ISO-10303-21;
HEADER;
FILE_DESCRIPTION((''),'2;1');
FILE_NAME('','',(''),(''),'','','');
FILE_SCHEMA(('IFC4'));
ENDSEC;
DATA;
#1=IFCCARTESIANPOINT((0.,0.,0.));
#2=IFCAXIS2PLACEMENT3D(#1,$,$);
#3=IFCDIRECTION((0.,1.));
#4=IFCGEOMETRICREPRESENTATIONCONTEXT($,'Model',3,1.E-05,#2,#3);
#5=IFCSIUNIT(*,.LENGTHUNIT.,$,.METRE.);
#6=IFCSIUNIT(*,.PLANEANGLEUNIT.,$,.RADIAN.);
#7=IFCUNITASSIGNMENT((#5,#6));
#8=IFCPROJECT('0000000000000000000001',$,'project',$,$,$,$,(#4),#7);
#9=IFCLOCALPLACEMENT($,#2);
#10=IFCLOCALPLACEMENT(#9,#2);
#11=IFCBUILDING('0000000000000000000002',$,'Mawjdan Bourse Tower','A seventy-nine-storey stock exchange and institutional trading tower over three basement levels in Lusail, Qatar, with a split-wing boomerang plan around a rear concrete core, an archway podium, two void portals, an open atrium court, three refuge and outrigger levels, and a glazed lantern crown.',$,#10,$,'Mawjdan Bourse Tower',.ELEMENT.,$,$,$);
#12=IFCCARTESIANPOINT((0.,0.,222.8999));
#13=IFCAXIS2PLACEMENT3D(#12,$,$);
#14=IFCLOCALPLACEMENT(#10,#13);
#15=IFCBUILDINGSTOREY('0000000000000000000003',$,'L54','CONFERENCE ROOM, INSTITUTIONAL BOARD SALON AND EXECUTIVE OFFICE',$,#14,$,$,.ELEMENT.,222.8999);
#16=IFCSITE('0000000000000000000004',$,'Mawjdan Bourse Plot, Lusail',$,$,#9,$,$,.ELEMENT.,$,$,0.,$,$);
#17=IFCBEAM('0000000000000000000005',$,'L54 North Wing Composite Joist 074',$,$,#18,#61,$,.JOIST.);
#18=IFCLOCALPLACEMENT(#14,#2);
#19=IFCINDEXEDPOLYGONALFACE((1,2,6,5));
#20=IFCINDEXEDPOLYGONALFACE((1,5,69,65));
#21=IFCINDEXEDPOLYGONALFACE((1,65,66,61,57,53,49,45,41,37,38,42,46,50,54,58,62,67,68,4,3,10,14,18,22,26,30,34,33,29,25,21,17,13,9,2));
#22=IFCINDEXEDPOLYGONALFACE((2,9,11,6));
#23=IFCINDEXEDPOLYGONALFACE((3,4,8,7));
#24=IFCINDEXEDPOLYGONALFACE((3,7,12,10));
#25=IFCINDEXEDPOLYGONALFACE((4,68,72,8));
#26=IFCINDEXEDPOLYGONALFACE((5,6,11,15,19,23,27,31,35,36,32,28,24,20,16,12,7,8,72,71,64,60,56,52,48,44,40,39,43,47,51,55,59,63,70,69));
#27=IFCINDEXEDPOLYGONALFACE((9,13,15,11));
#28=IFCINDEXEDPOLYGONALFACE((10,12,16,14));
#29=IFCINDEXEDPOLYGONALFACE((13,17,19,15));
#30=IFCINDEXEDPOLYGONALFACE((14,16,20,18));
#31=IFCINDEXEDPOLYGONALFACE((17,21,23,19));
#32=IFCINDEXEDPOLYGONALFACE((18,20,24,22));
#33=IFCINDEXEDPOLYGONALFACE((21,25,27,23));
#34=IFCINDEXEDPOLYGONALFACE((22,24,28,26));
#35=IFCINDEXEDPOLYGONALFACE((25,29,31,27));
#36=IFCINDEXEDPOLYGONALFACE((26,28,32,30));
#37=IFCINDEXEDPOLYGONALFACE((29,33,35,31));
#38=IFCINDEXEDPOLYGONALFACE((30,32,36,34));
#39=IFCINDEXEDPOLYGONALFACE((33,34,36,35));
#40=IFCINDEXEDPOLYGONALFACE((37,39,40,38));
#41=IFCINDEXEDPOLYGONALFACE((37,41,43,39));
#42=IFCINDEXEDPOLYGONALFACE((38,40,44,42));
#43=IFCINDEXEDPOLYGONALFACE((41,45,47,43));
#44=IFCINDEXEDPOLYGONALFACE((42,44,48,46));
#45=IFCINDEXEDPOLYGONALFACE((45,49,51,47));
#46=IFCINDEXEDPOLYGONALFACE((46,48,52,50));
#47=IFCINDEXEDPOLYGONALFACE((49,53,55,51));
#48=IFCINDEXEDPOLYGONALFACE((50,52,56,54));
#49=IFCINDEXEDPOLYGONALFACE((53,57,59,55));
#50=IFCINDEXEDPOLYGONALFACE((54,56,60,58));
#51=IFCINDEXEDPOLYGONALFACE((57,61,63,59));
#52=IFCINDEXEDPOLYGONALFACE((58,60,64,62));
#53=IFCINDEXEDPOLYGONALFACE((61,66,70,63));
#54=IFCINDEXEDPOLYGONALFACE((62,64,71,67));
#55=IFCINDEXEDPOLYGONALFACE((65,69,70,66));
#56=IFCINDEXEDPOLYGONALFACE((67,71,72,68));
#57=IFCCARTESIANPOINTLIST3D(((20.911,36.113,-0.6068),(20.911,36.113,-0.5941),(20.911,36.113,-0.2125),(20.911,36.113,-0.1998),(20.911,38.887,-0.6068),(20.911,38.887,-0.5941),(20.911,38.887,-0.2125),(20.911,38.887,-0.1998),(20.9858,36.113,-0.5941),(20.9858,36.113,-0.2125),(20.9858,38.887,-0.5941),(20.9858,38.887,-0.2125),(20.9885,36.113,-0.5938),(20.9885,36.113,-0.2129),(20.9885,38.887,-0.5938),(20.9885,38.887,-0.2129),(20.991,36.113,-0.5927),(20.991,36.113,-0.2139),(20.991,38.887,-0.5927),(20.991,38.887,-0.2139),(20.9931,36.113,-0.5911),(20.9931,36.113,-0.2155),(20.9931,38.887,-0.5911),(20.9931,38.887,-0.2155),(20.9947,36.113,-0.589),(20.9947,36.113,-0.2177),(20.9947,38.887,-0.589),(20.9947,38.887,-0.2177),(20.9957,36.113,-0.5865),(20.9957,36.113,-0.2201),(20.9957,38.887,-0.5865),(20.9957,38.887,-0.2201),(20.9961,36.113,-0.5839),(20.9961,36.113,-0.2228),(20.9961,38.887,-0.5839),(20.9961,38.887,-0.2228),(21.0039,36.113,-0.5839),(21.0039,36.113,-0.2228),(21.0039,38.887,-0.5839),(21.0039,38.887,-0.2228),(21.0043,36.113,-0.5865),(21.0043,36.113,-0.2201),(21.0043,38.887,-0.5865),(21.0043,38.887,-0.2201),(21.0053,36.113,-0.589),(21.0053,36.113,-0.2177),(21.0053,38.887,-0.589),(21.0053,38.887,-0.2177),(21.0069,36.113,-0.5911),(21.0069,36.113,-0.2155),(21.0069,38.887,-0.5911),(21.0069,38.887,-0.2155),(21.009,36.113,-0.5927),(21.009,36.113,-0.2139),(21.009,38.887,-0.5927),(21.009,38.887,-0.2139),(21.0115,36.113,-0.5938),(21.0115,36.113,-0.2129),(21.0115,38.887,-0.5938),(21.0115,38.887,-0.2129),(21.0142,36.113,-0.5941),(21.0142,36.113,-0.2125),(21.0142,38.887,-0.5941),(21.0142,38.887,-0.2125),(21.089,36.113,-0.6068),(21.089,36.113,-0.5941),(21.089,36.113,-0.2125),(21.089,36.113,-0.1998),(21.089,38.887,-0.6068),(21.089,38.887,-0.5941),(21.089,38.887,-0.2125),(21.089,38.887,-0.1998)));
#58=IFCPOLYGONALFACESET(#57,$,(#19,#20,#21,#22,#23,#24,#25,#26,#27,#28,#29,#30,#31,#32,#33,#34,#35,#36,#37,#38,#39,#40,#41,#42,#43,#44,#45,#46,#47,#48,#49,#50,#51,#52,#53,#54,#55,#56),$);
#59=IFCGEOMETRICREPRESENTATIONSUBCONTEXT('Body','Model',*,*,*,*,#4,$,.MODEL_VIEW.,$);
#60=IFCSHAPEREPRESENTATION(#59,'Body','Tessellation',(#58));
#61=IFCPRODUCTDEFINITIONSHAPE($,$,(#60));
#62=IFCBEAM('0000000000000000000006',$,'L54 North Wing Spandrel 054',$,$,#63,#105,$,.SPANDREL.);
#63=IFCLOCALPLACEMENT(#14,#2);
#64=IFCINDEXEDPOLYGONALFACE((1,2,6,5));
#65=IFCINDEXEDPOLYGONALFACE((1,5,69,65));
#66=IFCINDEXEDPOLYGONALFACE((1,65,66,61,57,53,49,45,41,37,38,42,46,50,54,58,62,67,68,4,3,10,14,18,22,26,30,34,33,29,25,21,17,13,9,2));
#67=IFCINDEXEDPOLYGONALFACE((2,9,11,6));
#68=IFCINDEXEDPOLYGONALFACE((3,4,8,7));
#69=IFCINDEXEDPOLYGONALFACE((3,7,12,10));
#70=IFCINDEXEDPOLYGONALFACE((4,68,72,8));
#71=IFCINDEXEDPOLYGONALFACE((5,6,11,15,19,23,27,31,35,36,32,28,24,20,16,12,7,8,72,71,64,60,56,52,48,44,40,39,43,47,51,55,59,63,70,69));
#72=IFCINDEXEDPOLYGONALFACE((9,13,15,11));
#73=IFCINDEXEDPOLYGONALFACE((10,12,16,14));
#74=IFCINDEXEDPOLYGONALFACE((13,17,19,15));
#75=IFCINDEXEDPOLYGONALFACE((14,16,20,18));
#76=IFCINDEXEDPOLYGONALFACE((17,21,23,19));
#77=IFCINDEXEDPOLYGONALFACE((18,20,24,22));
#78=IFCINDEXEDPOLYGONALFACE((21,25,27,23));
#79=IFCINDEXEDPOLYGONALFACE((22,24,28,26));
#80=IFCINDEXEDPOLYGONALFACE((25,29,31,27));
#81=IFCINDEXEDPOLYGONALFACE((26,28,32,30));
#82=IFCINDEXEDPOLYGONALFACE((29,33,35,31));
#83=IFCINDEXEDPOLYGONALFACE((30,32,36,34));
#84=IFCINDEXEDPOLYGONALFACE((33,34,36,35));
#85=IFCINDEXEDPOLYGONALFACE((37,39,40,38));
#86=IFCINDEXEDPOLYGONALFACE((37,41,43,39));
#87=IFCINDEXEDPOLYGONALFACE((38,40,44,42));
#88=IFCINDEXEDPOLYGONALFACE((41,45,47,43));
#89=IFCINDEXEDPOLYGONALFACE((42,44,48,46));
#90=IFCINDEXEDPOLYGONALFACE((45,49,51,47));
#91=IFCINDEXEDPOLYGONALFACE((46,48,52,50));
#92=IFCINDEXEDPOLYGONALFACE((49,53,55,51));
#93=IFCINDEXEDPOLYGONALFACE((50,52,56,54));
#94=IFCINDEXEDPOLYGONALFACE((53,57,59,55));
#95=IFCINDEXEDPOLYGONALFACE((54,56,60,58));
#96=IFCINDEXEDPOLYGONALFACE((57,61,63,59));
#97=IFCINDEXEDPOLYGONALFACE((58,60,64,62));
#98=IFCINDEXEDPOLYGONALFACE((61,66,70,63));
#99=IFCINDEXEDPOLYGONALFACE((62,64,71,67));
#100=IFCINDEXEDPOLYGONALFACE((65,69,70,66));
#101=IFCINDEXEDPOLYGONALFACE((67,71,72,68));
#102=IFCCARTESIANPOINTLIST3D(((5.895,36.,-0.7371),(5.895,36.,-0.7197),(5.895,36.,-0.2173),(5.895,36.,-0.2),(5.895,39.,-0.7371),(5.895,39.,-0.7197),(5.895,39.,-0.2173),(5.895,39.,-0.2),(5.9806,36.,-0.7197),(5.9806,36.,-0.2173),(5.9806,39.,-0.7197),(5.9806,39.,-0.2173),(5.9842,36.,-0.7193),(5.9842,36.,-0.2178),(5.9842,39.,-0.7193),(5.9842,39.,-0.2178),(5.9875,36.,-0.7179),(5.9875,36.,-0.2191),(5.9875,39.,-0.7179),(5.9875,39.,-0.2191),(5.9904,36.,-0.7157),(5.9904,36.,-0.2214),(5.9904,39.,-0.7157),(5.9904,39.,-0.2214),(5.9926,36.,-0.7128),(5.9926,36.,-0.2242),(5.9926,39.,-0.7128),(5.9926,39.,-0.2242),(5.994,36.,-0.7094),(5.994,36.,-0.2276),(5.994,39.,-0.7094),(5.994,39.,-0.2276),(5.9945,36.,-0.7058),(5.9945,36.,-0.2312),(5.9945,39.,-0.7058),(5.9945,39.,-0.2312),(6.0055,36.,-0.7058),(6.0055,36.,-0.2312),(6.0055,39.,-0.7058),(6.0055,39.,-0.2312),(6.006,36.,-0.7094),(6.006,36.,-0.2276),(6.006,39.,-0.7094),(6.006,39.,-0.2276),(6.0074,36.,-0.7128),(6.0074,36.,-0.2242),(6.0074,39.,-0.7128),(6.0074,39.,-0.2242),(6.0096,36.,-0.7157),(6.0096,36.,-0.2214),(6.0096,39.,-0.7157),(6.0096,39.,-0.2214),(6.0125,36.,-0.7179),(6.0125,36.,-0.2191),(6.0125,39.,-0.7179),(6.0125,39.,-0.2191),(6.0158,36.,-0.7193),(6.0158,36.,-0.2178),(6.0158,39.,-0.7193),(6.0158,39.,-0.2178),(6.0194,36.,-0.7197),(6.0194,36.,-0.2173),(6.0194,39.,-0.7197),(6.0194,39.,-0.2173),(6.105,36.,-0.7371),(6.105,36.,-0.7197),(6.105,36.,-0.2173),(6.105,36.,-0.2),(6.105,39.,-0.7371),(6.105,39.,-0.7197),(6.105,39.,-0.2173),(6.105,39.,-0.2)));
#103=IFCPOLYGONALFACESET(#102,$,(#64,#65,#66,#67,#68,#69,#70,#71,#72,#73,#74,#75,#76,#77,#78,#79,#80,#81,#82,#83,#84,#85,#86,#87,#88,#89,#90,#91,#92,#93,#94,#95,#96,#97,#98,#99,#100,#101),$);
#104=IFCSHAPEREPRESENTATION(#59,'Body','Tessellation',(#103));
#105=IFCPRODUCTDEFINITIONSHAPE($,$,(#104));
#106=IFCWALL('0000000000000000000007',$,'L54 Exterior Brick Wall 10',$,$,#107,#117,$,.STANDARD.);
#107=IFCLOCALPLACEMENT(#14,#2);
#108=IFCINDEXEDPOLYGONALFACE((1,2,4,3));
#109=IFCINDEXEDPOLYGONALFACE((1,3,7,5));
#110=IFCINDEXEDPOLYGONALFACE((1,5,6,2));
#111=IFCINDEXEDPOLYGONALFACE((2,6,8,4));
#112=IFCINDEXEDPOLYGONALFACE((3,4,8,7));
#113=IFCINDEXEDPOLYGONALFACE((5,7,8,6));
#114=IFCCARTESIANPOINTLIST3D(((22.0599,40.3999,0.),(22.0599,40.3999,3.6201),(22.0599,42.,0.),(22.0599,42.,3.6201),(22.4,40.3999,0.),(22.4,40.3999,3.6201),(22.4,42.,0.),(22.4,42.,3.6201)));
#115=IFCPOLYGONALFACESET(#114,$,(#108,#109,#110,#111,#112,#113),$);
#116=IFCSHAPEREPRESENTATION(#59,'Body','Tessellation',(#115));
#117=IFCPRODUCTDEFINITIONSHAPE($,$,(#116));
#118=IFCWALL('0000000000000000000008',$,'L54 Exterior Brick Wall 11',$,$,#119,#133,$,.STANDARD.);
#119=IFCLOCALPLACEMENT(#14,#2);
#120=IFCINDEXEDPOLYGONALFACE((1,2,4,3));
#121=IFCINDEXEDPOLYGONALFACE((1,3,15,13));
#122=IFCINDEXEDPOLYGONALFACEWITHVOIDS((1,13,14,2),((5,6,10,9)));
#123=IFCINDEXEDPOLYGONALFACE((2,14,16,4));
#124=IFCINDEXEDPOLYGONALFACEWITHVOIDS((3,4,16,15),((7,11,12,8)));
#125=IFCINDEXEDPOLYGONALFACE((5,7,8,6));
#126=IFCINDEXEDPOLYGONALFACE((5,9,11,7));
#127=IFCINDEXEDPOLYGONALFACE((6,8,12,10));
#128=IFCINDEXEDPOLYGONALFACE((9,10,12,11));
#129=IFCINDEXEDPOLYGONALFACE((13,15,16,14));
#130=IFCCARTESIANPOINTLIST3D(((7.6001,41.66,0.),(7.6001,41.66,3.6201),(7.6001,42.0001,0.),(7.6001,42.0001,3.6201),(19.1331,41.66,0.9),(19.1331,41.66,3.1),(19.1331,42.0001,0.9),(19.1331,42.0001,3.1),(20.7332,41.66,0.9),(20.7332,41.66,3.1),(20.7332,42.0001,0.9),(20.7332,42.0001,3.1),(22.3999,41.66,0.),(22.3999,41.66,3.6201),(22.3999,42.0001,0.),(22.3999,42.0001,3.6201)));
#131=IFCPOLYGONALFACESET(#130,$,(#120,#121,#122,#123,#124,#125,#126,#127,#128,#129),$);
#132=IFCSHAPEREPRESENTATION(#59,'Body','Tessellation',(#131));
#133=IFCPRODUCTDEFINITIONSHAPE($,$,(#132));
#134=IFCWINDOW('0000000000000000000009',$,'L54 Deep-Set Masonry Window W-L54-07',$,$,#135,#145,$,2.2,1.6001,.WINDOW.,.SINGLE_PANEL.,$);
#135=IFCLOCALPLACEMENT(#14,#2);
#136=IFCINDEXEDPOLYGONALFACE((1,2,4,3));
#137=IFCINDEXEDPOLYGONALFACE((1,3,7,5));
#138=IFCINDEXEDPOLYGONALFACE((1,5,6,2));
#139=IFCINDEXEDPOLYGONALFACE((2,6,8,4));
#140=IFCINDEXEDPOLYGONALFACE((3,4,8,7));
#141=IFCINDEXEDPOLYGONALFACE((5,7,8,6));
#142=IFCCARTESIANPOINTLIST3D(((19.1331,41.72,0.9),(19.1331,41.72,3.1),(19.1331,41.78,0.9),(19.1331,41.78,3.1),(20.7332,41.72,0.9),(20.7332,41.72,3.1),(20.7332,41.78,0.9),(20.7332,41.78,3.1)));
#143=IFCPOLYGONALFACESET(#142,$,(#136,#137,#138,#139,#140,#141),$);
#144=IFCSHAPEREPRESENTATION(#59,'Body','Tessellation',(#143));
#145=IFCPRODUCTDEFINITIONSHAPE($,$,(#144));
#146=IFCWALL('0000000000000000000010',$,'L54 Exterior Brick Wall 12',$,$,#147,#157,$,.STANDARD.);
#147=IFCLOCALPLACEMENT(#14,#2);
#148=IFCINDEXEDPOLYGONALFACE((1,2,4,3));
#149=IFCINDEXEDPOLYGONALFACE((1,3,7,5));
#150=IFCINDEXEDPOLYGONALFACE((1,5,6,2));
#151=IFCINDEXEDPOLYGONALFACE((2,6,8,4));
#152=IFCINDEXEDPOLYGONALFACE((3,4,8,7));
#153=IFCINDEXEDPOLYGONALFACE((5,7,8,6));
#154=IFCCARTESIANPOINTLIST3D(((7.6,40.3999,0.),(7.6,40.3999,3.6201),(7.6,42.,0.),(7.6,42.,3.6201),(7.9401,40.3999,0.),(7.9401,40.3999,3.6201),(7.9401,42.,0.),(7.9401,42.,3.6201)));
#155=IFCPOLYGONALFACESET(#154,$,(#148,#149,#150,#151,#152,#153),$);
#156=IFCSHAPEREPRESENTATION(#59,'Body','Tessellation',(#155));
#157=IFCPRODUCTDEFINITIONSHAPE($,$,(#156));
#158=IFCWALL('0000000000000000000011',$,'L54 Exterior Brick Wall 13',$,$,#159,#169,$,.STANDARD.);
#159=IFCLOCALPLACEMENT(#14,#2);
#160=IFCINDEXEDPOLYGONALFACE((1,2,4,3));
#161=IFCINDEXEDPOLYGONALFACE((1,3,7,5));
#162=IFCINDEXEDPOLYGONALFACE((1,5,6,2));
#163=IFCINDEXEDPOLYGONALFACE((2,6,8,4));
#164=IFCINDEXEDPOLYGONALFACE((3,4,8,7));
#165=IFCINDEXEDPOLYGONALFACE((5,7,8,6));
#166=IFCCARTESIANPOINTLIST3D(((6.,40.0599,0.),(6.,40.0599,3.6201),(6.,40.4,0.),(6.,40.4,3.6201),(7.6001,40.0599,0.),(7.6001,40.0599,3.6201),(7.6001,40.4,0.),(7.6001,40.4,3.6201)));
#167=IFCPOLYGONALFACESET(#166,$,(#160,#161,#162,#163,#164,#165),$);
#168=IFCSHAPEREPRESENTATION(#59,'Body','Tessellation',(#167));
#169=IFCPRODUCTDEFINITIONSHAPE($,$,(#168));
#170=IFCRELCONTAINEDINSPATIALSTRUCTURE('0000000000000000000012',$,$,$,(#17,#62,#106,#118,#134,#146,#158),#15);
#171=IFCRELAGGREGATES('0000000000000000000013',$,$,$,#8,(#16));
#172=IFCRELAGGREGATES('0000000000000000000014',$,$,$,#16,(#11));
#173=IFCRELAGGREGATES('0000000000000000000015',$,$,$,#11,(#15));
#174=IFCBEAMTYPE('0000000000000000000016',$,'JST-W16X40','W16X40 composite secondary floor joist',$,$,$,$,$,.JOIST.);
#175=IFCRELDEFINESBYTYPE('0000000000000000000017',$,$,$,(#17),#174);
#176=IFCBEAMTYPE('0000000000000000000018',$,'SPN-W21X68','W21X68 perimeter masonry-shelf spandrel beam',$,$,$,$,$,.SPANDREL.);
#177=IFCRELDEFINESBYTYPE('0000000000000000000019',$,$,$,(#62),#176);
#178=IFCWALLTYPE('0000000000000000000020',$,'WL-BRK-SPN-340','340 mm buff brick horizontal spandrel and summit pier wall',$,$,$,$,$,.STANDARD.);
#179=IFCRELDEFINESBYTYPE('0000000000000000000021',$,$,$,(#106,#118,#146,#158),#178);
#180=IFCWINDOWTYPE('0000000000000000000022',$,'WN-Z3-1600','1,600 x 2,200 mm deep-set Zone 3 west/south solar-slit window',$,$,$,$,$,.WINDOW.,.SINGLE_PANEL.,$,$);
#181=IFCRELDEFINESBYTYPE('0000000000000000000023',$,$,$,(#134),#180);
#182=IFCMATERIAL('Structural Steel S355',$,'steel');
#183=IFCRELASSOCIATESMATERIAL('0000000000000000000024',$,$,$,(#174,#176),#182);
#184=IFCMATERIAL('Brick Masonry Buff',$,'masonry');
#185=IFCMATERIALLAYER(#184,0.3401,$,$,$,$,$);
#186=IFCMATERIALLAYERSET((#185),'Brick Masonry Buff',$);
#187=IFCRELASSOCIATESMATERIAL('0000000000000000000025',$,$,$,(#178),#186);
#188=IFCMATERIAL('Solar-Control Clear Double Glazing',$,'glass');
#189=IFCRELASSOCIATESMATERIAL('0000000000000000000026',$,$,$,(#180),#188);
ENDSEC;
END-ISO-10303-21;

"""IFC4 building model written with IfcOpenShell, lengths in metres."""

from ifc_helpers import new_model, si_unit, direction, frame, frame_2d, origin, origin_2d, place, context, subcontext, project, spatial, rectangle, i_section, extrude, material, layer, layer_set, material_profile, profile_set, type_object, element, fill, save


model = new_model("IFC4")

# Units and contexts
model_context = context("Model", 3, precision=1e-05, world=origin(), true_north=direction((0.0, 1.0)))
body_context = subcontext(model_context, "Body", "Model", "MODEL_VIEW")
ifc_project = project(units=[si_unit("LENGTHUNIT", "METRE"), si_unit("PLANEANGLEUNIT", "RADIAN")], contexts=[model_context])

# Site, building, storey
site_placement = place(None, origin())
site = spatial("IfcSite", under=ifc_project, at=site_placement, Name="Mawjdan Bourse Plot, Lusail", CompositionType="ELEMENT", RefElevation=0.0)
building_placement = place(site_placement, origin())
building = spatial("IfcBuilding", under=site, at=building_placement, Name="Mawjdan Bourse Tower", Description="A seventy-nine-storey stock exchange and institutional trading tower over three basement levels in Lusail, Qatar, with a split-wing boomerang plan around a rear concrete core, an archway podium, two void portals, an open atrium court, three refuge and outrigger levels, and a glazed lantern crown.", LongName="Mawjdan Bourse Tower", CompositionType="ELEMENT")
storey_placement = place(building_placement, frame((0.0, 0.0, 222.8999)))
storey = spatial("IfcBuildingStorey", under=building, at=storey_placement, Name="L54", Description="CONFERENCE ROOM, INSTITUTIONAL BOARD SALON AND EXECUTIVE OFFICE", CompositionType="ELEMENT", Elevation=222.8999)

# Beams
ifc_material_1 = material(Name="Structural Steel S355", Category="steel")
ifc_material_profile_1 = material_profile(ifc_material_1, i_section(OverallWidth=0.178, OverallDepth=0.407, WebThickness=0.0078, FlangeThickness=0.0127, FilletRadius=0.0103, at=origin_2d()), Name="W16X40")
ifc_profile_set_1 = profile_set([ifc_material_profile_1], Name="Structural Steel S355")
beam_type_1 = type_object("IfcBeamType", Name="JST-W16X40", Description="W16X40 composite secondary floor joist", PredefinedType="JOIST", material=ifc_profile_set_1)
beam_1_placement = place(storey_placement, frame((21.0, 36.113, -0.4033), z_axis=(0.0, 1.0, 0.0), x_axis=(-1.0, 0.0, 0.0)))
element("IfcBeam", 1, at=beam_1_placement, inside=storey, type_object=beam_type_1, Name="L54 North Wing Composite Joist 074", PredefinedType="JOIST", context=body_context, shape_type="SweptSolid", body=[
    extrude(i_section(OverallWidth=0.178, OverallDepth=0.407, WebThickness=0.0078, FlangeThickness=0.0127, FilletRadius=0.0103, at=origin_2d()), origin(), (0.0, 0.0, 1.0), 2.7739),
])
ifc_material_profile_2 = material_profile(ifc_material_1, i_section(OverallWidth=0.21, OverallDepth=0.5371, WebThickness=0.011, FlangeThickness=0.0173, FilletRadius=0.0139, at=origin_2d()), Name="W21X68")
ifc_profile_set_2 = profile_set([ifc_material_profile_2], Name="Structural Steel S355")
beam_type_2 = type_object("IfcBeamType", Name="SPN-W21X68", Description="W21X68 perimeter masonry-shelf spandrel beam", PredefinedType="SPANDREL", material=ifc_profile_set_2)
beam_2_placement = place(storey_placement, frame((6.0, 36.0, -0.4685), z_axis=(0.0, 1.0, 0.0), x_axis=(-1.0, 0.0, 0.0)))
element("IfcBeam", 2, at=beam_2_placement, inside=storey, type_object=beam_type_2, Name="L54 North Wing Spandrel 054", PredefinedType="SPANDREL", context=body_context, shape_type="SweptSolid", body=[
    extrude(i_section(OverallWidth=0.21, OverallDepth=0.5371, WebThickness=0.011, FlangeThickness=0.0173, FilletRadius=0.0139, at=origin_2d()), origin(), (0.0, 0.0, 1.0), 3.0),
])

# Wall
ifc_material_2 = material(Name="Brick Masonry Buff", Category="masonry")
ifc_layer_1 = layer(ifc_material_2, 0.3401)
ifc_layer_set_1 = layer_set([ifc_layer_1], Name="Brick Masonry Buff")
wall_type_1 = type_object("IfcWallType", Name="WL-BRK-SPN-340", Description="340 mm buff brick horizontal spandrel and summit pier wall", PredefinedType="STANDARD", material=ifc_layer_set_1)
wall_1_placement = place(storey_placement, frame((22.23, 40.3999, 0.0), z_axis=(0.0, 0.0, 1.0), x_axis=(0.0, 1.0, 0.0)))
element("IfcWall", 3, at=wall_1_placement, inside=storey, type_object=wall_type_1, Name="L54 Exterior Brick Wall 10", PredefinedType="STANDARD", context=body_context, shape_type="SweptSolid", body=[
    extrude(rectangle(XDim=1.6001, YDim=0.3401, at=frame_2d((0.8, 0.0))), origin(), (0.0, 0.0, 1.0), 3.6201),
])

# Wall, opening, window
wall_2_placement = place(storey_placement, frame((22.3999, 41.8301, 0.0), z_axis=(0.0, 0.0, 1.0), x_axis=(-1.0, 0.0, 0.0)))
wall_2 = element("IfcWall", 4, at=wall_2_placement, inside=storey, type_object=wall_type_1, Name="L54 Exterior Brick Wall 11", PredefinedType="STANDARD", context=body_context, shape_type="SweptSolid", body=[
    extrude(rectangle(XDim=14.7998, YDim=0.3401, at=frame_2d((7.3999, 0.0))), origin(), (0.0, 0.0, 1.0), 3.6201),
])
opening_1_placement = place(wall_2_placement, frame((1.6667, 0.0, 0.8999)))
opening_1 = element("IfcOpeningElement", 5, at=opening_1_placement, cuts=wall_2, PredefinedType="OPENING", context=body_context, shape_type="SweptSolid", body=[
    extrude(rectangle(XDim=1.6001, YDim=2.2, at=frame_2d((0.8, 1.1001))), frame((0.0, 0.1802, 0.0), z_axis=(0.0, -1.0, 0.0), x_axis=(1.0, 0.0, 0.0)), (0.0, 0.0, 1.0), 0.3601),
])
ifc_material_3 = material(Name="Solar-Control Clear Double Glazing", Category="glass")
window_type_1 = type_object("IfcWindowType", Name="WN-Z3-1600", Description="1,600 x 2,200 mm deep-set Zone 3 west/south solar-slit window", PartitioningType="SINGLE_PANEL", PredefinedType="WINDOW", material=ifc_material_3)
window_1_placement = place(opening_1_placement, origin())
window_1 = element("IfcWindow", 6, at=window_1_placement, inside=storey, type_object=window_type_1, Name="L54 Deep-Set Masonry Window W-L54-07", OverallHeight=2.2, OverallWidth=1.6001, PartitioningType="SINGLE_PANEL", PredefinedType="WINDOW", context=body_context, shape_type="SweptSolid", body=[
    extrude(rectangle(XDim=1.6001, YDim=2.2, at=frame_2d((0.8, 1.1001))), frame((0.0, 0.1101, 0.0), z_axis=(0.0, -1.0, 0.0), x_axis=(1.0, 0.0, 0.0)), (0.0, 0.0, 1.0), 0.0601),
])
fill(opening_1, window_1)

# Walls
for number, where, z_axis, x_axis, name in (
    (7, (7.77, 42.0, 0.0), (0.0, 0.0, 1.0), (0.0, -1.0, 0.0), "L54 Exterior Brick Wall 12"),
    (8, (7.6001, 40.23, 0.0), (0.0, 0.0, 1.0), (-1.0, 0.0, 0.0), "L54 Exterior Brick Wall 13"),
):
    element("IfcWall", number, at=place(storey_placement, frame(where, z_axis=z_axis, x_axis=x_axis)), inside=storey, type_object=wall_type_1, Name=name, PredefinedType="STANDARD", context=body_context, shape_type="SweptSolid", body=[
        extrude(rectangle(XDim=1.6001, YDim=0.3401, at=frame_2d((0.8, 0.0))), origin(), (0.0, 0.0, 1.0), 3.6201),
    ])

save(model, "model.ifc")
